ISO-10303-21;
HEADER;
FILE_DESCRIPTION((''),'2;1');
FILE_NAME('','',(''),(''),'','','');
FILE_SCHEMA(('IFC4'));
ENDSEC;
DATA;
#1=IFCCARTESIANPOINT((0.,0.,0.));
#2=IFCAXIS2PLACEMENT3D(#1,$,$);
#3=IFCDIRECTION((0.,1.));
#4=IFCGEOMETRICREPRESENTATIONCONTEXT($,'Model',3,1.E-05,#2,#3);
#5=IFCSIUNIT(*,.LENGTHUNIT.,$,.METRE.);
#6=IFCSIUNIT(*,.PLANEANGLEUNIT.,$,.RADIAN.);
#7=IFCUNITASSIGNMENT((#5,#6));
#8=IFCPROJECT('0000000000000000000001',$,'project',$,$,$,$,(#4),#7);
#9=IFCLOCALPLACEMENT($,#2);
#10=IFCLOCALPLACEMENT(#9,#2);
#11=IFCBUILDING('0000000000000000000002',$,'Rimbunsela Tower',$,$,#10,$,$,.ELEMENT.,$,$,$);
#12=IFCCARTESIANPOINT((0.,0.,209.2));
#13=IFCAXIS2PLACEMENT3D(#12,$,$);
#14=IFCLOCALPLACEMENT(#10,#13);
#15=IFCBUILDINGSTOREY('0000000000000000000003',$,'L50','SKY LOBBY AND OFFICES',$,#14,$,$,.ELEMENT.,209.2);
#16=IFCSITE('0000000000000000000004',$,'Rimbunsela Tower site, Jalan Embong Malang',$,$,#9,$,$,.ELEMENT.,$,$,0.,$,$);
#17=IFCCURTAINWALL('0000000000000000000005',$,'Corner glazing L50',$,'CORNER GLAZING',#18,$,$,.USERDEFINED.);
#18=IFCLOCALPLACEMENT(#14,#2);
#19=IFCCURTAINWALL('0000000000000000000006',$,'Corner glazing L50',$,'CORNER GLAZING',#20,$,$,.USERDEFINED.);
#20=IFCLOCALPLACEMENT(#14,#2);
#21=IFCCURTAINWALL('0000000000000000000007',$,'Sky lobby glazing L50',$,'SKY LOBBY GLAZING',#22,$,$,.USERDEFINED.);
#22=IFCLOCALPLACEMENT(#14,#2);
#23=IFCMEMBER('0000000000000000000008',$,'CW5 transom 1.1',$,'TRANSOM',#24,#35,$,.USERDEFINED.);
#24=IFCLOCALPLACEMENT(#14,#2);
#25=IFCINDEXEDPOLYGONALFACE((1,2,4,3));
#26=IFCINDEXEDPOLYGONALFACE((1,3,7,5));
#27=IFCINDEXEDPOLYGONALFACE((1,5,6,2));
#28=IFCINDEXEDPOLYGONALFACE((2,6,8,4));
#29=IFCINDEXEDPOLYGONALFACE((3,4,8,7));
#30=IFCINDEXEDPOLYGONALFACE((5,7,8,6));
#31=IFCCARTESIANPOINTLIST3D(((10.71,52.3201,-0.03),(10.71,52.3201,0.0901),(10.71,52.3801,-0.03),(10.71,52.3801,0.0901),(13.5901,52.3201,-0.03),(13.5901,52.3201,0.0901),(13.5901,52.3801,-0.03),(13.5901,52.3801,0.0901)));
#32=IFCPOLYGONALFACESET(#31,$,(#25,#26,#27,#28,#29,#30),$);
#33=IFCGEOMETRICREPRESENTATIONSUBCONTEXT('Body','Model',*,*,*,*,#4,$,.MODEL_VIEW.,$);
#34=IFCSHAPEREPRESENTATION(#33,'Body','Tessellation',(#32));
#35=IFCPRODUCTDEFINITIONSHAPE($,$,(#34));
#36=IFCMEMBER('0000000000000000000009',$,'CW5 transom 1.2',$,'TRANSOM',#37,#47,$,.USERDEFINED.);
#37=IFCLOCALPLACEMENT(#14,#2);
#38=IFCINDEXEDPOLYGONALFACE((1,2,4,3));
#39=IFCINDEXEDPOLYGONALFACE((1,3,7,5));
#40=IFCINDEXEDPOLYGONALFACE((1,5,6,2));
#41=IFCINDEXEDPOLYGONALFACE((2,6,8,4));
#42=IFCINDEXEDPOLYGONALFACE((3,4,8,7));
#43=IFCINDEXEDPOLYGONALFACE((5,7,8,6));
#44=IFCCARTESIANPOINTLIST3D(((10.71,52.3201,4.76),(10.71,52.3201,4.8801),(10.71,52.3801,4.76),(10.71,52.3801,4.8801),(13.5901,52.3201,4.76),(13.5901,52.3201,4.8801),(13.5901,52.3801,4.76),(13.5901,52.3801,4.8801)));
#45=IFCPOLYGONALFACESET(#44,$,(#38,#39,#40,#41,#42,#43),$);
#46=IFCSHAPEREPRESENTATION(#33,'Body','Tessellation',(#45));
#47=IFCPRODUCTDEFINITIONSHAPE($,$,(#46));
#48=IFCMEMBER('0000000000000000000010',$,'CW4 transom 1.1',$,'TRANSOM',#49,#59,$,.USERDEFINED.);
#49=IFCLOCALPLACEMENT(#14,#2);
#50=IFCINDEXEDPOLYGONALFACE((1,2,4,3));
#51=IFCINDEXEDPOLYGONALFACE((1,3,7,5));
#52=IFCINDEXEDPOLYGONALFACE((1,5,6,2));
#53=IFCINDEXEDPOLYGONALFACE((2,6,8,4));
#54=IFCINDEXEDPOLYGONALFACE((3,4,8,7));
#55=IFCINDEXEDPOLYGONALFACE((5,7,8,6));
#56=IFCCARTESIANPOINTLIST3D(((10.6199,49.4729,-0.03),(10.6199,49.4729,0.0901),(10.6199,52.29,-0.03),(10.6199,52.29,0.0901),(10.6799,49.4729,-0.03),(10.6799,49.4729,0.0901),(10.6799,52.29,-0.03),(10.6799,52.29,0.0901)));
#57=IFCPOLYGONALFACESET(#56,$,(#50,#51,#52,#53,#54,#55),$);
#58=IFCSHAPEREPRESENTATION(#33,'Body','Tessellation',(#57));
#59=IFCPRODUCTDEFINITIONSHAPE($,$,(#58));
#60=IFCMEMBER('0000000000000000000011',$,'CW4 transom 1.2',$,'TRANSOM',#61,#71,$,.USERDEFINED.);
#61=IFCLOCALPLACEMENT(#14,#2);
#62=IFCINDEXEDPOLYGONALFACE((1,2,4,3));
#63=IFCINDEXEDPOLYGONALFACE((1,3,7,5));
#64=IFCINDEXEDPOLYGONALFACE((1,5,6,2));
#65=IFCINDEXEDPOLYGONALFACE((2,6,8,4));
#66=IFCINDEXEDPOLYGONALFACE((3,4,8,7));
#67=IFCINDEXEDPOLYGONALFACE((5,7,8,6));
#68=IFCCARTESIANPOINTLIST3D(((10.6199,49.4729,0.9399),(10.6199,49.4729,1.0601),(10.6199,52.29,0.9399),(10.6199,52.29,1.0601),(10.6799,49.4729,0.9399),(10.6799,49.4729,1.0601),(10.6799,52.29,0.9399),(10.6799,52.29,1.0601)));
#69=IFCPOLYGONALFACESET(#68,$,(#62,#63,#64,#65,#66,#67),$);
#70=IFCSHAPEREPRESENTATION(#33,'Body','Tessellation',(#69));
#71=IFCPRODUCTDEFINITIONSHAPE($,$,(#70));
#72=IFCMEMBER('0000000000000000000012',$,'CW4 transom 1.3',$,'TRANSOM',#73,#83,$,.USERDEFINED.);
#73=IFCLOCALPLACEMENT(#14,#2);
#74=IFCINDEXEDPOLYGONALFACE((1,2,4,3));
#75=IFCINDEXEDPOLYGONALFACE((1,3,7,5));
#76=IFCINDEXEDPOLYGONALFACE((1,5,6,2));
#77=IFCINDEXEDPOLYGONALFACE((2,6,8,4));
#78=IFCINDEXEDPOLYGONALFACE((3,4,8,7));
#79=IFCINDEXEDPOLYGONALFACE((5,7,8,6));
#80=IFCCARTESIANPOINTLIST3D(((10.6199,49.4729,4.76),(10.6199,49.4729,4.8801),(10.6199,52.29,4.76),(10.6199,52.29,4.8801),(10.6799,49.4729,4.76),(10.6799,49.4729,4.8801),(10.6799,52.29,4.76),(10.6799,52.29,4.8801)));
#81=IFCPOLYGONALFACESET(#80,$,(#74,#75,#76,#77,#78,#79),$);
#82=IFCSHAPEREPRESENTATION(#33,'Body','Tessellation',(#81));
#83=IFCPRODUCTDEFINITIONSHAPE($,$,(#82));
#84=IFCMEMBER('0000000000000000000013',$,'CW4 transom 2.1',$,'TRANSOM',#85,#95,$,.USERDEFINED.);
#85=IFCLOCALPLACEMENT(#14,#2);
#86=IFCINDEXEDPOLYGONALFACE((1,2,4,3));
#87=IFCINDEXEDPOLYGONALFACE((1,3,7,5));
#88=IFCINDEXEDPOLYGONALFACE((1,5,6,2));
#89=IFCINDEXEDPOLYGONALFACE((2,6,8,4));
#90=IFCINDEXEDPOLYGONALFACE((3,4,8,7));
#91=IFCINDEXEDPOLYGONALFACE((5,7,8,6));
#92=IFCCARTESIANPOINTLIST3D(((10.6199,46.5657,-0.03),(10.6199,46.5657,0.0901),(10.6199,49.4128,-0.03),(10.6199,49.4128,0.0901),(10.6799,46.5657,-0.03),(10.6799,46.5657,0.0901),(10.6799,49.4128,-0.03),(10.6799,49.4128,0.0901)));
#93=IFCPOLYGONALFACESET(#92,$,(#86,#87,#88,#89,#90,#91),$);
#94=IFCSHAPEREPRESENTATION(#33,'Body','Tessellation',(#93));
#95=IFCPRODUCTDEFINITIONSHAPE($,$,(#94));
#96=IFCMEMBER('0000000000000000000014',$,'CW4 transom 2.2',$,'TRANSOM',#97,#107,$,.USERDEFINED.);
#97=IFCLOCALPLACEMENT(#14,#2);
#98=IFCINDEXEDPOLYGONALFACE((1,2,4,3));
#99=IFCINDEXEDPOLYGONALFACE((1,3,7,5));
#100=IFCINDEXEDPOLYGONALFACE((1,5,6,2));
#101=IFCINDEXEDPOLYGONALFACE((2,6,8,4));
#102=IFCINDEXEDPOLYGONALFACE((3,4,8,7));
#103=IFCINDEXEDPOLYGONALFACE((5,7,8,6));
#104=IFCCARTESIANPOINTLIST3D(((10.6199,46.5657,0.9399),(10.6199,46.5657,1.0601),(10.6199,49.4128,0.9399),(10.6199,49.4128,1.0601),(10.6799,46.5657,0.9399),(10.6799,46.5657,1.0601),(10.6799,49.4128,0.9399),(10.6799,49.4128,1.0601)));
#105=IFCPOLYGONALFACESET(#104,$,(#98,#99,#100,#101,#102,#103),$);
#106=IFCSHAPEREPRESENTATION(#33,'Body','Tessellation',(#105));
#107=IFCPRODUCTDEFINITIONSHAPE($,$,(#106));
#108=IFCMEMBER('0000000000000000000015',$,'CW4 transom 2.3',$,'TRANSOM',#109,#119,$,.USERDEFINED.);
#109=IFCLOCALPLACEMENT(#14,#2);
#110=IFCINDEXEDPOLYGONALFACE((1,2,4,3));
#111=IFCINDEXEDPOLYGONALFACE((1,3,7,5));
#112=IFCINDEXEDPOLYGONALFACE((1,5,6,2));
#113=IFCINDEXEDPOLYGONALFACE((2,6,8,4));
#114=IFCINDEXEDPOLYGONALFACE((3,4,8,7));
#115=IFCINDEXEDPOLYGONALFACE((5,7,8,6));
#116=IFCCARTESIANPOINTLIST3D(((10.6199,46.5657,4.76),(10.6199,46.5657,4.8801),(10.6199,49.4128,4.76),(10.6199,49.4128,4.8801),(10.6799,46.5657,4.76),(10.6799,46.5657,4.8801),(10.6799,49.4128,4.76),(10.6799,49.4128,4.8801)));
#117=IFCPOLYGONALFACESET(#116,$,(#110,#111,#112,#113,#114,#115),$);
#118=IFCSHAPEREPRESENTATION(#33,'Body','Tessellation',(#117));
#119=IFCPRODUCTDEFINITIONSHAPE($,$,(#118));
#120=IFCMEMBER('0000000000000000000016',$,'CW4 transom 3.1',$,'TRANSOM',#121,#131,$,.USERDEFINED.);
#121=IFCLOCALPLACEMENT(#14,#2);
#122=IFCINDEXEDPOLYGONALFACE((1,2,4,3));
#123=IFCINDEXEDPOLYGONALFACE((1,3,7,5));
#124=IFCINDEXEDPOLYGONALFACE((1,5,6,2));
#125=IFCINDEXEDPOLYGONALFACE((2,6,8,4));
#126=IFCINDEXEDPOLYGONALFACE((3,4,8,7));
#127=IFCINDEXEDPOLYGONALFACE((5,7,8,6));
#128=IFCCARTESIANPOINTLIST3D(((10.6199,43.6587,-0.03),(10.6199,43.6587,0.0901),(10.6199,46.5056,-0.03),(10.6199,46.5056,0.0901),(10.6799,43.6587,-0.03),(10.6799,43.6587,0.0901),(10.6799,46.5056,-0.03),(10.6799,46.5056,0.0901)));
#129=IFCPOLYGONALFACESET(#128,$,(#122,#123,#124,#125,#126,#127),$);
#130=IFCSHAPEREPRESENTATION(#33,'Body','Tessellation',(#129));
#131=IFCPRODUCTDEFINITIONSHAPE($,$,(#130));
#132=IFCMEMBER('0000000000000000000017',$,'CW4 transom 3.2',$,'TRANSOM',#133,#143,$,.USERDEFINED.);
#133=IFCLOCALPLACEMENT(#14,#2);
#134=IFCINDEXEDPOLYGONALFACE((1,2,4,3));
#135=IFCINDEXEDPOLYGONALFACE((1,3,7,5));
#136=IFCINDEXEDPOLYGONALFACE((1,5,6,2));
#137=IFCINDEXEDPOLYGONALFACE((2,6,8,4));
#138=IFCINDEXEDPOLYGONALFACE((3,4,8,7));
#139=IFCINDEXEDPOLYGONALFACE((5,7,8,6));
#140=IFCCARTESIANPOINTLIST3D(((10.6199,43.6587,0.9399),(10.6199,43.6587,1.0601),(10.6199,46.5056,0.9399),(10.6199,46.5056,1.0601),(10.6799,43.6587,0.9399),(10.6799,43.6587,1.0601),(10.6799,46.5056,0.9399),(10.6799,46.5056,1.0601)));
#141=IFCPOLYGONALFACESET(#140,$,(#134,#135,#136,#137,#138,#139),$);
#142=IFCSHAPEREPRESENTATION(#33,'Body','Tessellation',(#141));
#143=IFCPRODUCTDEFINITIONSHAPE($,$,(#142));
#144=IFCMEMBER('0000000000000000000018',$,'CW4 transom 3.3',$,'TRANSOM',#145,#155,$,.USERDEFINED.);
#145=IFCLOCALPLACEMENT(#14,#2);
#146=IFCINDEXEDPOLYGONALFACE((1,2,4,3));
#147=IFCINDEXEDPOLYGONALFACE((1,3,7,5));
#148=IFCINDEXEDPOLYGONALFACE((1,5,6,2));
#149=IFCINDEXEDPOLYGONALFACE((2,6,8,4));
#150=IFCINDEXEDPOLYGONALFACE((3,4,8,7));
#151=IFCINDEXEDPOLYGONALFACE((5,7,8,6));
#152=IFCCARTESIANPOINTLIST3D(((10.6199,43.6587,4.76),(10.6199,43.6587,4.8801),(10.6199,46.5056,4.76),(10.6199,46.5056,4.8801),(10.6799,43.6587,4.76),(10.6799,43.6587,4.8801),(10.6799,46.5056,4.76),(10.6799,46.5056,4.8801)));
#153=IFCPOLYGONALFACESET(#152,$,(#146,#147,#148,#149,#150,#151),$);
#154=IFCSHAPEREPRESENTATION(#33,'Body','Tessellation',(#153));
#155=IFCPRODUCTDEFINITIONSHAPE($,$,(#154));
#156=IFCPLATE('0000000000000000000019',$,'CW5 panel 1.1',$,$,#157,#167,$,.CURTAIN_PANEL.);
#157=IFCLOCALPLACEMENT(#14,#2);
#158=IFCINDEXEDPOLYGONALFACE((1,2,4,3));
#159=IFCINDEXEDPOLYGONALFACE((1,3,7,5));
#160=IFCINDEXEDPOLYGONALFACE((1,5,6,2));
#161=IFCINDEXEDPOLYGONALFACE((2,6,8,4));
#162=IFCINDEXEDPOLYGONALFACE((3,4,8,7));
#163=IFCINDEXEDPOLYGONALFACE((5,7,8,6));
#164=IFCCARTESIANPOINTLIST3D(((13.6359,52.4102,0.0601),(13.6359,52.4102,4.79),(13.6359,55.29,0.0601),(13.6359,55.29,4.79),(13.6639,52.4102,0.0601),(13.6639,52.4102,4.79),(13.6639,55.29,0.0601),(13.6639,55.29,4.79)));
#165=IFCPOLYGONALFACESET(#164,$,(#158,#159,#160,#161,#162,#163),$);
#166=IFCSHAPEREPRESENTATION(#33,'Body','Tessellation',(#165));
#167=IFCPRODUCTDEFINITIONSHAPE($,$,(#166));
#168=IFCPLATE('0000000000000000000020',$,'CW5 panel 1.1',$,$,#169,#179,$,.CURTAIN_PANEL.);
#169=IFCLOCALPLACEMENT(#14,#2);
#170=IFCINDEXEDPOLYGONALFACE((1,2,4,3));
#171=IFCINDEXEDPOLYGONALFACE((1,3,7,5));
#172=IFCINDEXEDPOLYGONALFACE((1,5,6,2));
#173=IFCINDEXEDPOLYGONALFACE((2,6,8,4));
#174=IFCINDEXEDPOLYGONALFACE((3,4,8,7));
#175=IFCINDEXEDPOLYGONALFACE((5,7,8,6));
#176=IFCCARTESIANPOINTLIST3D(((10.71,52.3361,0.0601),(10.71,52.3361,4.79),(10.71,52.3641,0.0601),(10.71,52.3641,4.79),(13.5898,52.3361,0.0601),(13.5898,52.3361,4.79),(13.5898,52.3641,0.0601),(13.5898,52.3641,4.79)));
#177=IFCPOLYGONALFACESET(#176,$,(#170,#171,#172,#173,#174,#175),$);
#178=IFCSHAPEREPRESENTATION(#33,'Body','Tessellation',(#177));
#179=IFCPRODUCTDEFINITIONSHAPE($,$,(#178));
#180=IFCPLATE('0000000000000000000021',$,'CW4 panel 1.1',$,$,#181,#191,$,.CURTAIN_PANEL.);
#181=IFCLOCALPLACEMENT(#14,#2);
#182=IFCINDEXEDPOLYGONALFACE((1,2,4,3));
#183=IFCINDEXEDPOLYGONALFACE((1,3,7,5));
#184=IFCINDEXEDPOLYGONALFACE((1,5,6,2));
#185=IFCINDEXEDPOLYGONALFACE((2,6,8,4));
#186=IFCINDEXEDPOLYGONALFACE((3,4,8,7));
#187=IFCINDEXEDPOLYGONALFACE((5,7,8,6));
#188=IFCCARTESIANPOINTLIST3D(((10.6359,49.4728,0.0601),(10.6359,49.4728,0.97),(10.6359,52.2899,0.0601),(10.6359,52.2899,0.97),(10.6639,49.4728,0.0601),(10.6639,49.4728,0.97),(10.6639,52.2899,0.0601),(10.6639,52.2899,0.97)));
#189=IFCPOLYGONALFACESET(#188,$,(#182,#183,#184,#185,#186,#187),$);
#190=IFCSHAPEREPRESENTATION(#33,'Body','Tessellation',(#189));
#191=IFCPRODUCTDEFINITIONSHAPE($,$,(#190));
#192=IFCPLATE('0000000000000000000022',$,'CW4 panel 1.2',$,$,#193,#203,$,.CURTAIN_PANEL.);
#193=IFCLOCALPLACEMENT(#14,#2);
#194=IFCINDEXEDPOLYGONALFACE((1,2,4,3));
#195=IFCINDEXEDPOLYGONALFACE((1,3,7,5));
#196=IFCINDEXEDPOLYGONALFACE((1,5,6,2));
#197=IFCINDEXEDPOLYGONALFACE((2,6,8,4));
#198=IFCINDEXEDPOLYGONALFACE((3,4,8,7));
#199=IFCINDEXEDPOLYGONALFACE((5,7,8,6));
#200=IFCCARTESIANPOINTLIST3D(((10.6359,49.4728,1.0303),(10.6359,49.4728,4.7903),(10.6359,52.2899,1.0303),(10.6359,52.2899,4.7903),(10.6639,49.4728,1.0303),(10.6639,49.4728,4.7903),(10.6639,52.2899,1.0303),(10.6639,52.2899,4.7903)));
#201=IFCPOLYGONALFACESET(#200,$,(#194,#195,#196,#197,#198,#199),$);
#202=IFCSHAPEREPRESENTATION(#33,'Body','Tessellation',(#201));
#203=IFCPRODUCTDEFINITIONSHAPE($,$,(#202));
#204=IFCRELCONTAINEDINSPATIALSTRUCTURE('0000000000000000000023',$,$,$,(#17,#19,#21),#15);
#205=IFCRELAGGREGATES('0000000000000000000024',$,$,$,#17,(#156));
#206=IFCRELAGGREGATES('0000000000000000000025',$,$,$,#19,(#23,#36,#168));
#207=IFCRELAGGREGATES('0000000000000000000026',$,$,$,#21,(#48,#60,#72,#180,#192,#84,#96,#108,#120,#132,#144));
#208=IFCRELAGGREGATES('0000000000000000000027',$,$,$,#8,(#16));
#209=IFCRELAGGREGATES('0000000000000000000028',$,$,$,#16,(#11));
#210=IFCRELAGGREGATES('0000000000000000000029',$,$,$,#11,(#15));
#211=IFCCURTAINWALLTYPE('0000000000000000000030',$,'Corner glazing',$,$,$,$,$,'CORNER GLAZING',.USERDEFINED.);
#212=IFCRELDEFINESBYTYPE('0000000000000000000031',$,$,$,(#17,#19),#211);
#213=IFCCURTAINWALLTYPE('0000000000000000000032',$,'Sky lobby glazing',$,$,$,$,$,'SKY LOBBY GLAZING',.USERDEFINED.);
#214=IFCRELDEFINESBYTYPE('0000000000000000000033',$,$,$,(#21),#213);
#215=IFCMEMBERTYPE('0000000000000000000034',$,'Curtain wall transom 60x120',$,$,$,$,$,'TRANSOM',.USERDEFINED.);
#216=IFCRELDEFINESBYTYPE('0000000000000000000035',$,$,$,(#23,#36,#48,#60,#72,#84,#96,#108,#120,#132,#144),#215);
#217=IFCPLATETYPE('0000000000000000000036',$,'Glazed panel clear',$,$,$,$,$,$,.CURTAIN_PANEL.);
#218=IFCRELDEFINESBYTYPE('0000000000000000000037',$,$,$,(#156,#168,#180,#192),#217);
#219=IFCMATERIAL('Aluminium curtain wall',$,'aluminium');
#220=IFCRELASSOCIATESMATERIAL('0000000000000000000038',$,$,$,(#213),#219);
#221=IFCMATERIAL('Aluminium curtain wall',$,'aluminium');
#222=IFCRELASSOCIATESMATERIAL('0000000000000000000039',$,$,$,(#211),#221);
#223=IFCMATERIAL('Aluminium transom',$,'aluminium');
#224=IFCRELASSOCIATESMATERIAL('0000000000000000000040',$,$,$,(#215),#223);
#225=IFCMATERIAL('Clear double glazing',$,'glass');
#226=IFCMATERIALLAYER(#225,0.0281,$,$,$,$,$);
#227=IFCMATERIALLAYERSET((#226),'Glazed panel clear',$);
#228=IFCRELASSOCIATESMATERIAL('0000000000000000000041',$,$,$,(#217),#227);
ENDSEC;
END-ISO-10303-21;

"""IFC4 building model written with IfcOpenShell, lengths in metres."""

from ifc_helpers import new_model, si_unit, direction, frame, origin, origin_2d, place, context, subcontext, project, spatial, rectangle, extrude, material, layer, layer_set, material_profile, profile_set, type_object, element, aggregate, save


model = new_model("IFC4")

# Units and contexts
model_context = context("Model", 3, precision=1e-05, world=origin(), true_north=direction((0.0, 1.0)))
body_context = subcontext(model_context, "Body", "Model", "MODEL_VIEW")
ifc_project = project(units=[si_unit("LENGTHUNIT", "METRE"), si_unit("PLANEANGLEUNIT", "RADIAN")], contexts=[model_context])

# Site, building, storey
site_placement = place(None, origin())
site = spatial("IfcSite", under=ifc_project, at=site_placement, Name="Rimbunsela Tower site, Jalan Embong Malang", CompositionType="ELEMENT", RefElevation=0.0)
building_placement = place(site_placement, origin())
building = spatial("IfcBuilding", under=site, at=building_placement, Name="Rimbunsela Tower", CompositionType="ELEMENT")
storey_placement = place(building_placement, frame((0.0, 0.0, 209.2)))
storey = spatial("IfcBuildingStorey", under=building, at=storey_placement, Name="L50", Description="SKY LOBBY AND OFFICES", CompositionType="ELEMENT", Elevation=209.2)

# Shared definitions
ifc_material_1 = material(Name="Aluminium curtain wall", Category="aluminium")
curtain_wall_type_1 = type_object("IfcCurtainWallType", Name="Sky lobby glazing", ElementType="SKY LOBBY GLAZING", PredefinedType="USERDEFINED", material=ifc_material_1)

# Curtain walls
ifc_material_2 = material(Name="Aluminium curtain wall", Category="aluminium")
curtain_wall_type_2 = type_object("IfcCurtainWallType", Name="Corner glazing", ElementType="CORNER GLAZING", PredefinedType="USERDEFINED", material=ifc_material_2)
curtain_wall_1_placement = place(storey_placement, origin())
curtain_wall_1 = element("IfcCurtainWall", 1, at=curtain_wall_1_placement, inside=storey, type_object=curtain_wall_type_2, Name="Corner glazing L50", ObjectType="CORNER GLAZING", PredefinedType="USERDEFINED")
curtain_wall_2_placement = place(storey_placement, origin())
curtain_wall_2 = element("IfcCurtainWall", 2, at=curtain_wall_2_placement, inside=storey, type_object=curtain_wall_type_2, Name="Corner glazing L50", ObjectType="CORNER GLAZING", PredefinedType="USERDEFINED")
curtain_wall_3_placement = place(storey_placement, origin())
curtain_wall_3 = element("IfcCurtainWall", 3, at=curtain_wall_3_placement, inside=storey, type_object=curtain_wall_type_1, Name="Sky lobby glazing L50", ObjectType="SKY LOBBY GLAZING", PredefinedType="USERDEFINED")

# Members
ifc_material_3 = material(Name="Aluminium transom", Category="aluminium")
ifc_material_profile_1 = material_profile(ifc_material_3, rectangle(XDim=0.0601, YDim=0.1201, at=origin_2d()), Name="Transom 60x120")
ifc_profile_set_1 = profile_set([ifc_material_profile_1], Name="Aluminium transom")
member_type_1 = type_object("IfcMemberType", Name="Curtain wall transom 60x120", ElementType="TRANSOM", PredefinedType="USERDEFINED", material=ifc_profile_set_1)
member_1_placement = place(storey_placement, frame((13.5901, 52.3501, 0.03), z_axis=(-1.0, 0.0, 0.0), x_axis=(0.0, -1.0, 0.0)))
member_1 = element("IfcMember", 4, at=member_1_placement, type_object=member_type_1, Name="CW5 transom 1.1", ObjectType="TRANSOM", PredefinedType="USERDEFINED", context=body_context, shape_type="SweptSolid", body=[
    extrude(rectangle(XDim=0.0601, YDim=0.1201, at=origin_2d()), origin(), (0.0, 0.0, 1.0), 2.8801),
])
member_2_placement = place(storey_placement, frame((13.5901, 52.3501, 4.8201), z_axis=(-1.0, 0.0, 0.0), x_axis=(0.0, -1.0, 0.0)))
member_2 = element("IfcMember", 5, at=member_2_placement, type_object=member_type_1, Name="CW5 transom 1.2", ObjectType="TRANSOM", PredefinedType="USERDEFINED", context=body_context, shape_type="SweptSolid", body=[
    extrude(rectangle(XDim=0.0601, YDim=0.1201, at=origin_2d()), origin(), (0.0, 0.0, 1.0), 2.8801),
])
member_3_placement = place(storey_placement, frame((10.6499, 52.29, 0.03), z_axis=(0.0, -1.0, 0.0), x_axis=(1.0, 0.0, 0.0)))
member_3 = element("IfcMember", 6, at=member_3_placement, type_object=member_type_1, Name="CW4 transom 1.1", ObjectType="TRANSOM", PredefinedType="USERDEFINED", context=body_context, shape_type="SweptSolid", body=[
    extrude(rectangle(XDim=0.0601, YDim=0.1201, at=origin_2d()), origin(), (0.0, 0.0, 1.0), 2.8171),
])
member_4_placement = place(storey_placement, frame((10.6499, 52.29, 1.0), z_axis=(0.0, -1.0, 0.0), x_axis=(1.0, 0.0, 0.0)))
member_4 = element("IfcMember", 7, at=member_4_placement, type_object=member_type_1, Name="CW4 transom 1.2", ObjectType="TRANSOM", PredefinedType="USERDEFINED", context=body_context, shape_type="SweptSolid", body=[
    extrude(rectangle(XDim=0.0601, YDim=0.1201, at=origin_2d()), origin(), (0.0, 0.0, 1.0), 2.8171),
])
member_5_placement = place(storey_placement, frame((10.6499, 52.29, 4.8201), z_axis=(0.0, -1.0, 0.0), x_axis=(1.0, 0.0, 0.0)))
member_5 = element("IfcMember", 8, at=member_5_placement, type_object=member_type_1, Name="CW4 transom 1.3", ObjectType="TRANSOM", PredefinedType="USERDEFINED", context=body_context, shape_type="SweptSolid", body=[
    extrude(rectangle(XDim=0.0601, YDim=0.1201, at=origin_2d()), origin(), (0.0, 0.0, 1.0), 2.8171),
])
member_6_placement = place(storey_placement, frame((10.6499, 49.4128, 0.03), z_axis=(0.0, -1.0, 0.0), x_axis=(1.0, 0.0, 0.0)))
member_6 = element("IfcMember", 9, at=member_6_placement, type_object=member_type_1, Name="CW4 transom 2.1", ObjectType="TRANSOM", PredefinedType="USERDEFINED", context=body_context, shape_type="SweptSolid", body=[
    extrude(rectangle(XDim=0.0601, YDim=0.1201, at=origin_2d()), origin(), (0.0, 0.0, 1.0), 2.8472),
])
member_7_placement = place(storey_placement, frame((10.6499, 49.4128, 1.0), z_axis=(0.0, -1.0, 0.0), x_axis=(1.0, 0.0, 0.0)))
member_7 = element("IfcMember", 10, at=member_7_placement, type_object=member_type_1, Name="CW4 transom 2.2", ObjectType="TRANSOM", PredefinedType="USERDEFINED", context=body_context, shape_type="SweptSolid", body=[
    extrude(rectangle(XDim=0.0601, YDim=0.1201, at=origin_2d()), origin(), (0.0, 0.0, 1.0), 2.8472),
])
member_8_placement = place(storey_placement, frame((10.6499, 49.4128, 4.8201), z_axis=(0.0, -1.0, 0.0), x_axis=(1.0, 0.0, 0.0)))
member_8 = element("IfcMember", 11, at=member_8_placement, type_object=member_type_1, Name="CW4 transom 2.3", ObjectType="TRANSOM", PredefinedType="USERDEFINED", context=body_context, shape_type="SweptSolid", body=[
    extrude(rectangle(XDim=0.0601, YDim=0.1201, at=origin_2d()), origin(), (0.0, 0.0, 1.0), 2.8472),
])
member_9_placement = place(storey_placement, frame((10.6499, 46.5056, 0.03), z_axis=(0.0, -1.0, 0.0), x_axis=(1.0, 0.0, 0.0)))
member_9 = element("IfcMember", 12, at=member_9_placement, type_object=member_type_1, Name="CW4 transom 3.1", ObjectType="TRANSOM", PredefinedType="USERDEFINED", context=body_context, shape_type="SweptSolid", body=[
    extrude(rectangle(XDim=0.0601, YDim=0.1201, at=origin_2d()), origin(), (0.0, 0.0, 1.0), 2.8469),
])
member_10_placement = place(storey_placement, frame((10.6499, 46.5056, 1.0), z_axis=(0.0, -1.0, 0.0), x_axis=(1.0, 0.0, 0.0)))
member_10 = element("IfcMember", 13, at=member_10_placement, type_object=member_type_1, Name="CW4 transom 3.2", ObjectType="TRANSOM", PredefinedType="USERDEFINED", context=body_context, shape_type="SweptSolid", body=[
    extrude(rectangle(XDim=0.0601, YDim=0.1201, at=origin_2d()), origin(), (0.0, 0.0, 1.0), 2.8469),
])
member_11_placement = place(storey_placement, frame((10.6499, 46.5056, 4.8201), z_axis=(0.0, -1.0, 0.0), x_axis=(1.0, 0.0, 0.0)))
member_11 = element("IfcMember", 14, at=member_11_placement, type_object=member_type_1, Name="CW4 transom 3.3", ObjectType="TRANSOM", PredefinedType="USERDEFINED", context=body_context, shape_type="SweptSolid", body=[
    extrude(rectangle(XDim=0.0601, YDim=0.1201, at=origin_2d()), origin(), (0.0, 0.0, 1.0), 2.8469),
])

# Plates
ifc_material_4 = material(Name="Clear double glazing", Category="glass")
ifc_layer = layer(ifc_material_4, 0.0281)
ifc_layer_set = layer_set([ifc_layer], Name="Glazed panel clear")
plate_type = type_object("IfcPlateType", Name="Glazed panel clear", PredefinedType="CURTAIN_PANEL", material=ifc_layer_set)
plate_1_placement = place(storey_placement, frame((13.6499, 53.8501, 0.0601), z_axis=(0.0, 0.0, 1.0), x_axis=(0.0, -1.0, 0.0)))
plate_1 = element("IfcPlate", 15, at=plate_1_placement, type_object=plate_type, Name="CW5 panel 1.1", PredefinedType="CURTAIN_PANEL", context=body_context, shape_type="SweptSolid", body=[
    extrude(rectangle(XDim=2.8799, YDim=0.0281, at=origin_2d()), origin(), (0.0, 0.0, 1.0), 4.73),
])
aggregate(curtain_wall_1, [plate_1])
plate_2_placement = place(storey_placement, frame((12.1499, 52.3501, 0.0601), z_axis=(0.0, 0.0, 1.0), x_axis=(-1.0, 0.0, 0.0)))
plate_2 = element("IfcPlate", 16, at=plate_2_placement, type_object=plate_type, Name="CW5 panel 1.1", PredefinedType="CURTAIN_PANEL", context=body_context, shape_type="SweptSolid", body=[
    extrude(rectangle(XDim=2.8799, YDim=0.0281, at=origin_2d()), origin(), (0.0, 0.0, 1.0), 4.73),
])
aggregate(curtain_wall_2, [member_1, member_2, plate_2])
plate_3_placement = place(storey_placement, frame((10.6499, 50.8813, 0.0601), z_axis=(0.0, 0.0, 1.0), x_axis=(0.0, -1.0, 0.0)))
plate_3 = element("IfcPlate", 17, at=plate_3_placement, type_object=plate_type, Name="CW4 panel 1.1", PredefinedType="CURTAIN_PANEL", context=body_context, shape_type="SweptSolid", body=[
    extrude(rectangle(XDim=2.8171, YDim=0.0281, at=origin_2d()), origin(), (0.0, 0.0, 1.0), 0.9099),
])
plate_4_placement = place(storey_placement, frame((10.6499, 50.8813, 1.0303), z_axis=(0.0, 0.0, 1.0), x_axis=(0.0, -1.0, 0.0)))
plate_4 = element("IfcPlate", 18, at=plate_4_placement, type_object=plate_type, Name="CW4 panel 1.2", PredefinedType="CURTAIN_PANEL", context=body_context, shape_type="SweptSolid", body=[
    extrude(rectangle(XDim=2.8171, YDim=0.0281, at=origin_2d()), origin(), (0.0, 0.0, 1.0), 3.76),
])
aggregate(curtain_wall_3, [member_3, member_4, member_5, plate_3, plate_4, member_6, member_7, member_8, member_9, member_10, member_11])

save(model, "model.ifc")
